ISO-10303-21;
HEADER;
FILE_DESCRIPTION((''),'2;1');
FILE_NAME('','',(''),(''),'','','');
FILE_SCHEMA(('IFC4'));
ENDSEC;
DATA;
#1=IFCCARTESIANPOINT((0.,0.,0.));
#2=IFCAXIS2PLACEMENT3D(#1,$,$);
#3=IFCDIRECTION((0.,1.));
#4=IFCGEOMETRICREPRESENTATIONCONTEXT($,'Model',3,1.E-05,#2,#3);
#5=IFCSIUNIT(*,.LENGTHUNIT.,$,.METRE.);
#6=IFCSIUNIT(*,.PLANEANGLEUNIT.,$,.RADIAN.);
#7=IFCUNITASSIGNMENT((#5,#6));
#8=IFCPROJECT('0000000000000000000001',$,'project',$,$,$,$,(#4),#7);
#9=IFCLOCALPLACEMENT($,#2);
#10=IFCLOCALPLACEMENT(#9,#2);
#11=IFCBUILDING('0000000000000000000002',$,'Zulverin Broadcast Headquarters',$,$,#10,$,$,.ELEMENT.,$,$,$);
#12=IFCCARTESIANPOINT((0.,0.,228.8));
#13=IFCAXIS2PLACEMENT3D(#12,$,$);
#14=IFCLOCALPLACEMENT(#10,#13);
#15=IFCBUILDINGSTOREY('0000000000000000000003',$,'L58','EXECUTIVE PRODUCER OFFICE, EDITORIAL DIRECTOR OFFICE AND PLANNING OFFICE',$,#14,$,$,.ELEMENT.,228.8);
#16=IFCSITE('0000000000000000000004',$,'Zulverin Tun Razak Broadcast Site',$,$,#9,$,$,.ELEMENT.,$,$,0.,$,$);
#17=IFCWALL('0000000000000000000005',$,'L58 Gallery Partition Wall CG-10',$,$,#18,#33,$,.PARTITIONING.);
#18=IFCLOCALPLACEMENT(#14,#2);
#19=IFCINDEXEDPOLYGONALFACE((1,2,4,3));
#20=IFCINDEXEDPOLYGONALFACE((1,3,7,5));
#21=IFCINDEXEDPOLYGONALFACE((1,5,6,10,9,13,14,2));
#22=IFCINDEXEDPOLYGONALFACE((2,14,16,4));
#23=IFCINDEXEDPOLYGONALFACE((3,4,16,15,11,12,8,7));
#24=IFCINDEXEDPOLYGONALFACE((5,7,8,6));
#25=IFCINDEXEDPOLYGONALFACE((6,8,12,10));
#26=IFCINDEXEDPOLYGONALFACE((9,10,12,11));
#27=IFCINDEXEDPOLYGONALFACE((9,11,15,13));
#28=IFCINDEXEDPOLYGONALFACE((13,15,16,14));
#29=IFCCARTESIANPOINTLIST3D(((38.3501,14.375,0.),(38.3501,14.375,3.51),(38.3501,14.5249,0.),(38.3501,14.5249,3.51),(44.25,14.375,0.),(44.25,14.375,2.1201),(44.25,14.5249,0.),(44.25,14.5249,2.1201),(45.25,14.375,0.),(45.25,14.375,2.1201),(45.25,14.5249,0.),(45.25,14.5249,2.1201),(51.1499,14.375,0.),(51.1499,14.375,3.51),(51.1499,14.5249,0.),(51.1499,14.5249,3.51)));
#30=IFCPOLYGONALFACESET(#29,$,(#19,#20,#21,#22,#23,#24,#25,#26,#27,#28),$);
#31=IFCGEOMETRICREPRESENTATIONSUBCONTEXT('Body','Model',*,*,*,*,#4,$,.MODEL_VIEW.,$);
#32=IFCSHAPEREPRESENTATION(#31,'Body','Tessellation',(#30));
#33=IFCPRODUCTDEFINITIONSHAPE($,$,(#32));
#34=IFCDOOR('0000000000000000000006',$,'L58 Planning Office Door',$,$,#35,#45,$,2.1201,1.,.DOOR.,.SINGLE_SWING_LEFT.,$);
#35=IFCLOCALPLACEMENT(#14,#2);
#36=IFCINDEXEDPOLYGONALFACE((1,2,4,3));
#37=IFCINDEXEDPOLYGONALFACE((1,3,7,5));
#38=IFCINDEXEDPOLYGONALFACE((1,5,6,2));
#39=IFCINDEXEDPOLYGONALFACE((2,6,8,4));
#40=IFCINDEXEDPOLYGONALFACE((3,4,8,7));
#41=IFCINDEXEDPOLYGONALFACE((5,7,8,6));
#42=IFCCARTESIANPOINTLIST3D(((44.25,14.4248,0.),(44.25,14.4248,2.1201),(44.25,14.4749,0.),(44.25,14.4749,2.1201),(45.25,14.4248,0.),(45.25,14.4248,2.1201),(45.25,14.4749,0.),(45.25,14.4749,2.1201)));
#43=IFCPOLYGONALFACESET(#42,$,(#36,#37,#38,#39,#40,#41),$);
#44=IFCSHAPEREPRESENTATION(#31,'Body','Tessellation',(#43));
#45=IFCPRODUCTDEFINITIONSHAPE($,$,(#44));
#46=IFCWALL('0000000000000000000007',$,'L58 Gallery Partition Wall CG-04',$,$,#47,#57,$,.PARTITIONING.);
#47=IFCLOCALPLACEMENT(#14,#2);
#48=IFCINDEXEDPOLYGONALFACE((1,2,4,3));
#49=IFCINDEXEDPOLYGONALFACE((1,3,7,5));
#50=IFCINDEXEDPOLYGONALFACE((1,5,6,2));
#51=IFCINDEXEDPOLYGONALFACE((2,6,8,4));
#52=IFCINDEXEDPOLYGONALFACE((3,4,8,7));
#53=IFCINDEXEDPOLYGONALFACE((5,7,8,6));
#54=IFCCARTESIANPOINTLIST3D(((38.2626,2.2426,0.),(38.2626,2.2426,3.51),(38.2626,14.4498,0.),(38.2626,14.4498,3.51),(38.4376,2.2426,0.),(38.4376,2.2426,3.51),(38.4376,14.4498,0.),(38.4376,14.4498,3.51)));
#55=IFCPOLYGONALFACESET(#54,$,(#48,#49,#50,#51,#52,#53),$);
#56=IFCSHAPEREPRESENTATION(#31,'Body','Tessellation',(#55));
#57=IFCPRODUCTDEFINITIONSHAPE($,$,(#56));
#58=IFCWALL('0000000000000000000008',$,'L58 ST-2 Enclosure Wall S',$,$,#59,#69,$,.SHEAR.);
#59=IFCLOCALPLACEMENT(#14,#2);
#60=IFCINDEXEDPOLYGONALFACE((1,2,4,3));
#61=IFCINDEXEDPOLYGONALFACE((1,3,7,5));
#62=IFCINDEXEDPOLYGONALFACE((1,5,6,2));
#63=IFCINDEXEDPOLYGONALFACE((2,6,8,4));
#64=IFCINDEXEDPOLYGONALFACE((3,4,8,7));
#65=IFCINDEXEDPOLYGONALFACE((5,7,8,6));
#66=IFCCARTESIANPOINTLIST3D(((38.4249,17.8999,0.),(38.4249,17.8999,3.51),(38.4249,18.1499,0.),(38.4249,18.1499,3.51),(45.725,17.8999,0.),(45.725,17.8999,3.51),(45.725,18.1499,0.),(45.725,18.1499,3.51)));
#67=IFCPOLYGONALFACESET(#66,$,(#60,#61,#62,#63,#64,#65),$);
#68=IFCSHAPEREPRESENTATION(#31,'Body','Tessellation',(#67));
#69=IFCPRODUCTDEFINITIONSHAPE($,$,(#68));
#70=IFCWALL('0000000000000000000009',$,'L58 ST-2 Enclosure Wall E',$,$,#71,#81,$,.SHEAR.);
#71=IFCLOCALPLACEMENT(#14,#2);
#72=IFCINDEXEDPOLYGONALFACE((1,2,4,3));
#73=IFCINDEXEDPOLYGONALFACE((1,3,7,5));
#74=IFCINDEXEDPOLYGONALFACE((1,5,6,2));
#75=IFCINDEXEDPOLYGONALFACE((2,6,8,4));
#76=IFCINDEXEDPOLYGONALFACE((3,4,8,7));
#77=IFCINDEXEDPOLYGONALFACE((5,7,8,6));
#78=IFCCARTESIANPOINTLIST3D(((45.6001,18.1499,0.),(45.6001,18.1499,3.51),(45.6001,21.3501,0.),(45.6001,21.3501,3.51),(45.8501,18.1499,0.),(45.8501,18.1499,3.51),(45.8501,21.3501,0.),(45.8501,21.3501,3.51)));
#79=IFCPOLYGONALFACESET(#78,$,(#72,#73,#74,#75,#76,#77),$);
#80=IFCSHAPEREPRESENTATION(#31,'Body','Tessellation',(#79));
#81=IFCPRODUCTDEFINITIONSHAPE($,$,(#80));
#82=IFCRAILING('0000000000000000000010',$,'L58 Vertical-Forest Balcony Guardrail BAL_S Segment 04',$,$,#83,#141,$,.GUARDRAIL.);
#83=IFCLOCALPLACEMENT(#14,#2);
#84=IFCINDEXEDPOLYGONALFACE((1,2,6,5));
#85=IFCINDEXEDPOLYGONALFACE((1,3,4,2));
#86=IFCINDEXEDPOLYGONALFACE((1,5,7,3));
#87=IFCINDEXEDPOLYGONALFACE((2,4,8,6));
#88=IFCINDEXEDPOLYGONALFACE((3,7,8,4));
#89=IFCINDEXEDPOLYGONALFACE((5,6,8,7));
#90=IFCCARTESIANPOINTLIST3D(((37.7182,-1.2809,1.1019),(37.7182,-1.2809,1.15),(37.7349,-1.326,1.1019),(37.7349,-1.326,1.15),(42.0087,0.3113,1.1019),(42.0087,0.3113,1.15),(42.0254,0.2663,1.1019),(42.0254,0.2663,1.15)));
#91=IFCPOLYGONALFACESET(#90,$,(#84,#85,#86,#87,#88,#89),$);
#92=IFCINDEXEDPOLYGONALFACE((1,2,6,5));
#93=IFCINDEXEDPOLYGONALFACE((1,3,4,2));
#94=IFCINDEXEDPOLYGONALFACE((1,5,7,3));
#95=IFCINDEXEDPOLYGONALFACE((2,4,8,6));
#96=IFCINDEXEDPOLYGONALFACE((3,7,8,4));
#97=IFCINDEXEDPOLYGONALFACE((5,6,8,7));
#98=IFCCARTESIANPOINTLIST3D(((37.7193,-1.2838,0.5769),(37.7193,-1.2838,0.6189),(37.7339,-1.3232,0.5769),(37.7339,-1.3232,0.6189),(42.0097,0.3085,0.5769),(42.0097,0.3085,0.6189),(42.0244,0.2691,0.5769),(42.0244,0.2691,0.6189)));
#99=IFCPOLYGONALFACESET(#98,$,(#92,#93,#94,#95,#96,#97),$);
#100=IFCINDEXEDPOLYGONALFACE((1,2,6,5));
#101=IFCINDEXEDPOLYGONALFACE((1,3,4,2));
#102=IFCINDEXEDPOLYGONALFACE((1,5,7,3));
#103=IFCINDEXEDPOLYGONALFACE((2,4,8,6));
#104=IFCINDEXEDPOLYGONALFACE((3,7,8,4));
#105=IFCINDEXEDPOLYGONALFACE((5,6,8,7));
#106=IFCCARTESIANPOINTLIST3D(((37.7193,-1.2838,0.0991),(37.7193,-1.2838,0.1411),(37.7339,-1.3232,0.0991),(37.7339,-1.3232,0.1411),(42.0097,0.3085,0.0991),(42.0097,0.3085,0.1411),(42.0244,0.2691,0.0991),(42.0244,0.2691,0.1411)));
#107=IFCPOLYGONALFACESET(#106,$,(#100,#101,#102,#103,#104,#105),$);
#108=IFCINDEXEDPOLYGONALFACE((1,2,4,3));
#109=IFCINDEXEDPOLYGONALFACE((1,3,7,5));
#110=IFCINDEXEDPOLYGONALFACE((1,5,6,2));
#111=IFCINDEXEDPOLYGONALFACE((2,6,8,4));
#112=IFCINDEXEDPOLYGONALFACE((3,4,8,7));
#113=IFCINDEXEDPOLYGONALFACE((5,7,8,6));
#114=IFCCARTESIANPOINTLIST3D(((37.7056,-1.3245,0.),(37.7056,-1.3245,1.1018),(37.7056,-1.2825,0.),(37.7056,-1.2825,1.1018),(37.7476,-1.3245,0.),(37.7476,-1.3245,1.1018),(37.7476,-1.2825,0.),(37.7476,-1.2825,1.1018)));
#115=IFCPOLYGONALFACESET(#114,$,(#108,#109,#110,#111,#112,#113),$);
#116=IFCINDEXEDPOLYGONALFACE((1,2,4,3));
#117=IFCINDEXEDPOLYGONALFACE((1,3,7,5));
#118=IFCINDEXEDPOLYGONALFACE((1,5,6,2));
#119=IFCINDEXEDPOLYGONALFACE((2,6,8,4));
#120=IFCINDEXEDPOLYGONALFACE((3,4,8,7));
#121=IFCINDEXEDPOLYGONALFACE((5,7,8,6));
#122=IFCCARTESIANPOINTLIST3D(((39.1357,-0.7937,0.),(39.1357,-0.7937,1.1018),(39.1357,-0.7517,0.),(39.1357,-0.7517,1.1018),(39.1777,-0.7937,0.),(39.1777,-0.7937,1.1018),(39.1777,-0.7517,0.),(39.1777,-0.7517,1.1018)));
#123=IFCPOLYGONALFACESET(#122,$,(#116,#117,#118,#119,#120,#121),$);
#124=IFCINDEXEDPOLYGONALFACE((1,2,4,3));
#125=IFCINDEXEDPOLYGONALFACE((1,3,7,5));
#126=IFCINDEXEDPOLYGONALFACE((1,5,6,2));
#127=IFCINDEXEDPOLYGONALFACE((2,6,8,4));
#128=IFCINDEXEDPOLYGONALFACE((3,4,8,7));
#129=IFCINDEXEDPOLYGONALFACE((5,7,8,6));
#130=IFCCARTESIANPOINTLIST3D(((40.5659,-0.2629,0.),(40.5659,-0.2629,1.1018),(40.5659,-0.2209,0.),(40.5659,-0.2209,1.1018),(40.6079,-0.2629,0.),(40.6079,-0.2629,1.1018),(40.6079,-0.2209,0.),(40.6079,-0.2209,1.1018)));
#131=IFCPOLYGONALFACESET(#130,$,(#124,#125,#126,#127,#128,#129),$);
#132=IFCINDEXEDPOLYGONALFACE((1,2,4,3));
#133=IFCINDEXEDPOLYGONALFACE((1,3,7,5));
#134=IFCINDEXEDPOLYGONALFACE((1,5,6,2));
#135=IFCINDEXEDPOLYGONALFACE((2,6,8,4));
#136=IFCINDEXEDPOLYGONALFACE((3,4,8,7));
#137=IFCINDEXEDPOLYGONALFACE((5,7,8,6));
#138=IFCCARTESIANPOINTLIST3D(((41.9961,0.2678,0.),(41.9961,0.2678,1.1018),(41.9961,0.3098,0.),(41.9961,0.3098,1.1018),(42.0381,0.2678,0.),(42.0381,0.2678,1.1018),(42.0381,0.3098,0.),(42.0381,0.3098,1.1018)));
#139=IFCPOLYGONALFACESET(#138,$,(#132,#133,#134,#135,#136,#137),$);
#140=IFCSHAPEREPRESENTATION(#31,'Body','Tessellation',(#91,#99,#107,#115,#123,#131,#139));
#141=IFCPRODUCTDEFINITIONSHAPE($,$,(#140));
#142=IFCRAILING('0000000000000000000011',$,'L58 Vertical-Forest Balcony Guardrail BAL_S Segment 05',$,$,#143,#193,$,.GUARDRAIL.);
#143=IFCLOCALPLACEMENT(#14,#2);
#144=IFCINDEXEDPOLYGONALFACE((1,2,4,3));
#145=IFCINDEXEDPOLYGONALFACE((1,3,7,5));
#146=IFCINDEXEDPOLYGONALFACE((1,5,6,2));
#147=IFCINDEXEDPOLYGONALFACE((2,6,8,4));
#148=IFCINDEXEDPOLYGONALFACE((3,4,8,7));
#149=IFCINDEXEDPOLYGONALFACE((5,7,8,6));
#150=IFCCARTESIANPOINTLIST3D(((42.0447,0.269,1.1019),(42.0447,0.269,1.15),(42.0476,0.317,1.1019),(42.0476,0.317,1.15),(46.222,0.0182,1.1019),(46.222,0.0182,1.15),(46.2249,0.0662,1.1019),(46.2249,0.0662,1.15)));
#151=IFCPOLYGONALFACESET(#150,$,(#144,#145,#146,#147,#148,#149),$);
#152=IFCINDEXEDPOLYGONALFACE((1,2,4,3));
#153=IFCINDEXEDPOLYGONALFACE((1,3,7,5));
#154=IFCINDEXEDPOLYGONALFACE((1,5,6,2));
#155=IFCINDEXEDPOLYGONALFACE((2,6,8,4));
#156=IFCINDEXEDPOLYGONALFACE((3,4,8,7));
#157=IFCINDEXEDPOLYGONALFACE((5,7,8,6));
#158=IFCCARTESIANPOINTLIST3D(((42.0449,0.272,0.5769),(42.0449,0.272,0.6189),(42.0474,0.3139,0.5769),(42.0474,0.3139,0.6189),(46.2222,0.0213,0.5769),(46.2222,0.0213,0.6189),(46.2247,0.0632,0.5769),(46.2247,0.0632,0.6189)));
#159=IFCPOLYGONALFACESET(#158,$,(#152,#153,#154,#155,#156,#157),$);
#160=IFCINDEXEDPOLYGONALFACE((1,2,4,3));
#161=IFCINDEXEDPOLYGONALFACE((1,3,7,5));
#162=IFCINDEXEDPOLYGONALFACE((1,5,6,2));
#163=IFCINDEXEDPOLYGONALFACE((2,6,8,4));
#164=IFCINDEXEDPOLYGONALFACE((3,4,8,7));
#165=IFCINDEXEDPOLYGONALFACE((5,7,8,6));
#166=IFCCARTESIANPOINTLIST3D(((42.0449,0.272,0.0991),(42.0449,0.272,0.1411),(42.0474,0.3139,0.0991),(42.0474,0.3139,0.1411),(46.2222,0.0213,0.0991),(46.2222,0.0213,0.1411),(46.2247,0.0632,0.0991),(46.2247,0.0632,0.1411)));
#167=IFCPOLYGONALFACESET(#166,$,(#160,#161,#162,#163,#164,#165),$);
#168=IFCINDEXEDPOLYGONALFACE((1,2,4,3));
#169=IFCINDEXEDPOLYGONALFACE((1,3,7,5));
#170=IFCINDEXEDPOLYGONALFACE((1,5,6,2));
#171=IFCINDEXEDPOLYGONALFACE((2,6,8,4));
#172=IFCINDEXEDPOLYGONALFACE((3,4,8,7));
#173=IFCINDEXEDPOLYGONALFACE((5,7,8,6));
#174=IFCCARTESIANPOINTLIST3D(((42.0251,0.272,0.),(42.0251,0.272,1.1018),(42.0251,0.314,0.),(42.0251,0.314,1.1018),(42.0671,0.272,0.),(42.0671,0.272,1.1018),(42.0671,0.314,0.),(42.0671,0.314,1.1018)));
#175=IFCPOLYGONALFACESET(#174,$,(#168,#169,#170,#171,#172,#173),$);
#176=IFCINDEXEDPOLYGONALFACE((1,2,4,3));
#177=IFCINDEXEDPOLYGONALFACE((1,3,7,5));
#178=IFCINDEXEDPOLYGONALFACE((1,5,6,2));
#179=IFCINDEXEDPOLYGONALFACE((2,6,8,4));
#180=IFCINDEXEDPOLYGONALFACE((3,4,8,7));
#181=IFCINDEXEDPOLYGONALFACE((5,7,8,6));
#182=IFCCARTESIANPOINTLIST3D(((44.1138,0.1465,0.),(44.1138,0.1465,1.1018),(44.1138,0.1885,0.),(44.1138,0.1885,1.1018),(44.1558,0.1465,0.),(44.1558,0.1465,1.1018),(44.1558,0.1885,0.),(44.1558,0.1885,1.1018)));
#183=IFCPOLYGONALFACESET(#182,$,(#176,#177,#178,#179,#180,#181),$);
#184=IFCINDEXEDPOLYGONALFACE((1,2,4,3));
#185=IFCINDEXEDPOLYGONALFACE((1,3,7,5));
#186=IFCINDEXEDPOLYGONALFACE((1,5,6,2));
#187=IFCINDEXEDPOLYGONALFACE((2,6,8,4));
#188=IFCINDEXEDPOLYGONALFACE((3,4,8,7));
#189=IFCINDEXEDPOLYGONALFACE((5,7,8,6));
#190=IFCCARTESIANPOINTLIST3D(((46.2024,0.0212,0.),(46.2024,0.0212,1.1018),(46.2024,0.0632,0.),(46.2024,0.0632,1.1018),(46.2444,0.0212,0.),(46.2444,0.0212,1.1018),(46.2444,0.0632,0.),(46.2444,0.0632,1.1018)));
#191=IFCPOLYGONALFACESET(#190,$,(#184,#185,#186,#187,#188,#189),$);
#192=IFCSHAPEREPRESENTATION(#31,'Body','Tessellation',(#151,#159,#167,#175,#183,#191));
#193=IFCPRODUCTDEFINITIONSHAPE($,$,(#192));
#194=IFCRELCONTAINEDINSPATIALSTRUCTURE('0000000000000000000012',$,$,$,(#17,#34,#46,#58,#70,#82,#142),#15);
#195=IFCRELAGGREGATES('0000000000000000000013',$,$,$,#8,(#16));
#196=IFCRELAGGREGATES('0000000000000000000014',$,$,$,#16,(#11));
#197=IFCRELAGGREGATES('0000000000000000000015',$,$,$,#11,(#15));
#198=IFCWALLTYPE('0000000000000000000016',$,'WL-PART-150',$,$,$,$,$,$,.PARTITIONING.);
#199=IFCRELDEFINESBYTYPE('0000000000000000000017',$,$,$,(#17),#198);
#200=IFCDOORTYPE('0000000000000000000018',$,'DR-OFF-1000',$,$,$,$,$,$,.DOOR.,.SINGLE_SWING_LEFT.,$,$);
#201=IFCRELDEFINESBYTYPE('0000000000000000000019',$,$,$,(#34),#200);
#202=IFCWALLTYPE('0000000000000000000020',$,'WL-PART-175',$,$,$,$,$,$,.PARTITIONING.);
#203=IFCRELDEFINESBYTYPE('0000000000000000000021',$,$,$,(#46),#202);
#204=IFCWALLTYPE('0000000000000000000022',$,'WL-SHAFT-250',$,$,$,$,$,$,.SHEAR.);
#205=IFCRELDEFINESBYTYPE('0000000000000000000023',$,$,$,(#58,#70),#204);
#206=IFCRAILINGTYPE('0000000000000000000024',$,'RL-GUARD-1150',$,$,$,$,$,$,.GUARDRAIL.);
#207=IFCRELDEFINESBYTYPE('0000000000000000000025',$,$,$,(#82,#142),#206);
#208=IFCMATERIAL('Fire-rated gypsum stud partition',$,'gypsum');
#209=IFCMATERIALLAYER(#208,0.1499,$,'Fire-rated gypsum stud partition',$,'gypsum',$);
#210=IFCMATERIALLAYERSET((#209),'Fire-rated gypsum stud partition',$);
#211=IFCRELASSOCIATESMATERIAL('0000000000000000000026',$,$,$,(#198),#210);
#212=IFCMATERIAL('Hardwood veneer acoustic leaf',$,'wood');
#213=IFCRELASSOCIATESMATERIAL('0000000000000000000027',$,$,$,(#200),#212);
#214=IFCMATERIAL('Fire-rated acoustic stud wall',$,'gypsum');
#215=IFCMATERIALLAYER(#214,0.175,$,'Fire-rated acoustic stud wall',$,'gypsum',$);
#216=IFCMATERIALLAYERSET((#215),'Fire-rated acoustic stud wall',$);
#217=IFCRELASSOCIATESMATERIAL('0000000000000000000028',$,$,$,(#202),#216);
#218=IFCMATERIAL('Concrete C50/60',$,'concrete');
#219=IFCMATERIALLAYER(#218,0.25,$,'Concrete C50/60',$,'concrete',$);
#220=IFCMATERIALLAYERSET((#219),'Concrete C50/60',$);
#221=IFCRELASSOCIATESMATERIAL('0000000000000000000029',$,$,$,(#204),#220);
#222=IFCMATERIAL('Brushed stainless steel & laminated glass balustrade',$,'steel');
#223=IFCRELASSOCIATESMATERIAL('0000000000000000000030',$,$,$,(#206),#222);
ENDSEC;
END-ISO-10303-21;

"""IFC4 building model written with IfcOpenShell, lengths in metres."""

from ifc_helpers import new_model, si_unit, direction, frame, frame_2d, origin, origin_2d, place, context, subcontext, project, spatial, rectangle, extrude, material, layer, layer_set, type_object, element, fill, save


model = new_model("IFC4")

# Units and contexts
model_context = context("Model", 3, precision=1e-05, world=origin(), true_north=direction((0.0, 1.0)))
body_context = subcontext(model_context, "Body", "Model", "MODEL_VIEW")
ifc_project = project(units=[si_unit("LENGTHUNIT", "METRE"), si_unit("PLANEANGLEUNIT", "RADIAN")], contexts=[model_context])

# Site, building, storey
site_placement = place(None, origin())
site = spatial("IfcSite", under=ifc_project, at=site_placement, Name="Zulverin Tun Razak Broadcast Site", CompositionType="ELEMENT", RefElevation=0.0)
building_placement = place(site_placement, origin())
building = spatial("IfcBuilding", under=site, at=building_placement, Name="Zulverin Broadcast Headquarters", CompositionType="ELEMENT")
storey_placement = place(building_placement, frame((0.0, 0.0, 228.8)))
storey = spatial("IfcBuildingStorey", under=building, at=storey_placement, Name="L58", Description="EXECUTIVE PRODUCER OFFICE, EDITORIAL DIRECTOR OFFICE AND PLANNING OFFICE", CompositionType="ELEMENT", Elevation=228.8)

# Shared definitions
ifc_material_1 = material(Name="Concrete C50/60", Category="concrete")

# Shared definitions
ifc_material_2 = material(Name="Fire-rated gypsum stud partition", Category="gypsum")
ifc_layer_1 = layer(ifc_material_2, 0.1499, Name="Fire-rated gypsum stud partition", Category="gypsum")
ifc_layer_set_1 = layer_set([ifc_layer_1], Name="Fire-rated gypsum stud partition")
wall_type_1 = type_object("IfcWallType", Name="WL-PART-150", PredefinedType="PARTITIONING", material=ifc_layer_set_1)

# Wall, opening, door
wall_1_placement = place(storey_placement, frame((38.3501, 14.45, 0.0), z_axis=(0.0, 0.0, 1.0), x_axis=(1.0, 0.0, 0.0)))
wall_1 = element("IfcWall", 1, at=wall_1_placement, inside=storey, type_object=wall_type_1, Name="L58 Gallery Partition Wall CG-10", PredefinedType="PARTITIONING", context=body_context, shape_type="SweptSolid", body=[
    extrude(rectangle(XDim=12.7998, YDim=0.1499, at=frame_2d((6.3999, 0.0))), origin(), (0.0, 0.0, 1.0), 3.51),
])
opening_1_placement = place(wall_1_placement, frame((5.8999, 0.0, 0.0)))
opening_1 = element("IfcOpeningElement", 2, at=opening_1_placement, cuts=wall_1, PredefinedType="OPENING", context=body_context, shape_type="SweptSolid", body=[
    extrude(rectangle(XDim=1.0, YDim=2.1201, at=frame_2d((0.5, 1.0601))), frame((0.0, 0.085, 0.0), z_axis=(0.0, -1.0, 0.0), x_axis=(1.0, 0.0, 0.0)), (0.0, 0.0, 1.0), 0.1699),
])
ifc_material_3 = material(Name="Hardwood veneer acoustic leaf", Category="wood")
door_type_1 = type_object("IfcDoorType", Name="DR-OFF-1000", OperationType="SINGLE_SWING_LEFT", PredefinedType="DOOR", material=ifc_material_3)
door_1_placement = place(opening_1_placement, origin())
door_1 = element("IfcDoor", 3, at=door_1_placement, inside=storey, type_object=door_type_1, Name="L58 Planning Office Door", OperationType="SINGLE_SWING_LEFT", OverallHeight=2.1201, OverallWidth=1.0, PredefinedType="DOOR", context=body_context, shape_type="SweptSolid", body=[
    extrude(rectangle(XDim=1.0, YDim=2.1201, at=frame_2d((0.5, 1.0601))), frame((0.0, 0.0249, 0.0), z_axis=(0.0, -1.0, 0.0), x_axis=(1.0, 0.0, 0.0)), (0.0, 0.0, 1.0), 0.05),
])
fill(opening_1, door_1)

# Walls
ifc_material_4 = material(Name="Fire-rated acoustic stud wall", Category="gypsum")
ifc_layer_2 = layer(ifc_material_4, 0.175, Name="Fire-rated acoustic stud wall", Category="gypsum")
ifc_layer_set_2 = layer_set([ifc_layer_2], Name="Fire-rated acoustic stud wall")
wall_type_2 = type_object("IfcWallType", Name="WL-PART-175", PredefinedType="PARTITIONING", material=ifc_layer_set_2)
wall_2_placement = place(storey_placement, frame((38.3501, 2.2427, 0.0), z_axis=(0.0, 0.0, 1.0), x_axis=(0.0, 1.0, 0.0)))
element("IfcWall", 4, at=wall_2_placement, inside=storey, type_object=wall_type_2, Name="L58 Gallery Partition Wall CG-04", PredefinedType="PARTITIONING", context=body_context, shape_type="SweptSolid", body=[
    extrude(rectangle(XDim=12.2073, YDim=0.175, at=frame_2d((6.1035, 0.0))), origin(), (0.0, 0.0, 1.0), 3.51),
])
ifc_layer_3 = layer(ifc_material_1, 0.25, Name="Concrete C50/60", Category="concrete")
ifc_layer_set_3 = layer_set([ifc_layer_3], Name="Concrete C50/60")
wall_type_3 = type_object("IfcWallType", Name="WL-SHAFT-250", PredefinedType="SHEAR", material=ifc_layer_set_3)
wall_3_placement = place(storey_placement, frame((38.425, 18.0249, 0.0), z_axis=(0.0, 0.0, 1.0), x_axis=(1.0, 0.0, 0.0)))
element("IfcWall", 5, at=wall_3_placement, inside=storey, type_object=wall_type_3, Name="L58 ST-2 Enclosure Wall S", PredefinedType="SHEAR", context=body_context, shape_type="SweptSolid", body=[
    extrude(rectangle(XDim=7.3, YDim=0.25, at=frame_2d((3.6499, 0.0))), origin(), (0.0, 0.0, 1.0), 3.51),
])

# Wall
wall_4_placement = place(storey_placement, frame((45.7251, 18.1499, 0.0), z_axis=(0.0, 0.0, 1.0), x_axis=(0.0, 1.0, 0.0)))
element("IfcWall", 6, at=wall_4_placement, inside=storey, type_object=wall_type_3, Name="L58 ST-2 Enclosure Wall E", PredefinedType="SHEAR", context=body_context, shape_type="SweptSolid", body=[
    extrude(rectangle(XDim=3.2002, YDim=0.25, at=frame_2d((1.6001, 0.0))), origin(), (0.0, 0.0, 1.0), 3.51),
])

# Railings
ifc_material_5 = material(Name="Brushed stainless steel & laminated glass balustrade", Category="steel")
railing_type_1 = type_object("IfcRailingType", Name="RL-GUARD-1150", PredefinedType="GUARDRAIL", material=ifc_material_5)
railing_1_placement = place(storey_placement, frame((37.7266, -1.3035, 0.0)))
element("IfcRailing", 7, at=railing_1_placement, inside=storey, type_object=railing_type_1, Name="L58 Vertical-Forest Balcony Guardrail BAL_S Segment 04", PredefinedType="GUARDRAIL", context=body_context, shape_type="SweptSolid", body=[
    extrude(rectangle(XDim=0.0481, YDim=0.0481, at=origin_2d()), frame((0.0, 0.0, 1.126), z_axis=(0.937521, 0.347929, 0.0), x_axis=(-0.347929, 0.937521, 0.0)), (0.0, 0.0, 1.0), 4.5764),
    extrude(rectangle(XDim=0.042, YDim=0.042, at=origin_2d()), frame((0.0, 0.0, 0.5979), z_axis=(0.937521, 0.347929, 0.0), x_axis=(-0.347929, 0.937521, 0.0)), (0.0, 0.0, 1.0), 4.5764),
    extrude(rectangle(XDim=0.042, YDim=0.042, at=origin_2d()), frame((0.0, 0.0, 0.1201), z_axis=(0.937521, 0.347929, 0.0), x_axis=(-0.347929, 0.937521, 0.0)), (0.0, 0.0, 1.0), 4.5764),
    extrude(rectangle(XDim=0.042, YDim=0.042, at=origin_2d()), origin(), (0.0, 0.0, 1.0), 1.1018),
    extrude(rectangle(XDim=0.042, YDim=0.042, at=origin_2d()), frame((1.4302, 0.5308, 0.0)), (0.0, 0.0, 1.0), 1.1018),
    extrude(rectangle(XDim=0.042, YDim=0.042, at=origin_2d()), frame((2.8604, 1.0615, 0.0)), (0.0, 0.0, 1.0), 1.1018),
    extrude(rectangle(XDim=0.042, YDim=0.042, at=origin_2d()), frame((4.2905, 1.5923, 0.0)), (0.0, 0.0, 1.0), 1.1018),
])
railing_2_placement = place(storey_placement, frame((42.0461, 0.293, 0.0)))
element("IfcRailing", 8, at=railing_2_placement, inside=storey, type_object=railing_type_1, Name="L58 Vertical-Forest Balcony Guardrail BAL_S Segment 05", PredefinedType="GUARDRAIL", context=body_context, shape_type="SweptSolid", body=[
    extrude(rectangle(XDim=0.0481, YDim=0.0481, at=origin_2d()), frame((0.0, 0.0, 1.126), z_axis=(0.998203, -0.059916, 0.0), x_axis=(0.059916, 0.998203, 0.0)), (0.0, 0.0, 1.0), 4.1848),
    extrude(rectangle(XDim=0.042, YDim=0.042, at=origin_2d()), frame((0.0, 0.0, 0.5979), z_axis=(0.998203, -0.059916, 0.0), x_axis=(0.059916, 0.998203, 0.0)), (0.0, 0.0, 1.0), 4.1848),
    extrude(rectangle(XDim=0.042, YDim=0.042, at=origin_2d()), frame((0.0, 0.0, 0.1201), z_axis=(0.998203, -0.059916, 0.0), x_axis=(0.059916, 0.998203, 0.0)), (0.0, 0.0, 1.0), 4.1848),
    extrude(rectangle(XDim=0.042, YDim=0.042, at=origin_2d()), origin(), (0.0, 0.0, 1.0), 1.1018),
    extrude(rectangle(XDim=0.042, YDim=0.042, at=origin_2d()), frame((2.0886, -0.1255, 0.0)), (0.0, 0.0, 1.0), 1.1018),
    extrude(rectangle(XDim=0.042, YDim=0.042, at=origin_2d()), frame((4.1772, -0.2507, 0.0)), (0.0, 0.0, 1.0), 1.1018),
])

save(model, "model.ifc")
